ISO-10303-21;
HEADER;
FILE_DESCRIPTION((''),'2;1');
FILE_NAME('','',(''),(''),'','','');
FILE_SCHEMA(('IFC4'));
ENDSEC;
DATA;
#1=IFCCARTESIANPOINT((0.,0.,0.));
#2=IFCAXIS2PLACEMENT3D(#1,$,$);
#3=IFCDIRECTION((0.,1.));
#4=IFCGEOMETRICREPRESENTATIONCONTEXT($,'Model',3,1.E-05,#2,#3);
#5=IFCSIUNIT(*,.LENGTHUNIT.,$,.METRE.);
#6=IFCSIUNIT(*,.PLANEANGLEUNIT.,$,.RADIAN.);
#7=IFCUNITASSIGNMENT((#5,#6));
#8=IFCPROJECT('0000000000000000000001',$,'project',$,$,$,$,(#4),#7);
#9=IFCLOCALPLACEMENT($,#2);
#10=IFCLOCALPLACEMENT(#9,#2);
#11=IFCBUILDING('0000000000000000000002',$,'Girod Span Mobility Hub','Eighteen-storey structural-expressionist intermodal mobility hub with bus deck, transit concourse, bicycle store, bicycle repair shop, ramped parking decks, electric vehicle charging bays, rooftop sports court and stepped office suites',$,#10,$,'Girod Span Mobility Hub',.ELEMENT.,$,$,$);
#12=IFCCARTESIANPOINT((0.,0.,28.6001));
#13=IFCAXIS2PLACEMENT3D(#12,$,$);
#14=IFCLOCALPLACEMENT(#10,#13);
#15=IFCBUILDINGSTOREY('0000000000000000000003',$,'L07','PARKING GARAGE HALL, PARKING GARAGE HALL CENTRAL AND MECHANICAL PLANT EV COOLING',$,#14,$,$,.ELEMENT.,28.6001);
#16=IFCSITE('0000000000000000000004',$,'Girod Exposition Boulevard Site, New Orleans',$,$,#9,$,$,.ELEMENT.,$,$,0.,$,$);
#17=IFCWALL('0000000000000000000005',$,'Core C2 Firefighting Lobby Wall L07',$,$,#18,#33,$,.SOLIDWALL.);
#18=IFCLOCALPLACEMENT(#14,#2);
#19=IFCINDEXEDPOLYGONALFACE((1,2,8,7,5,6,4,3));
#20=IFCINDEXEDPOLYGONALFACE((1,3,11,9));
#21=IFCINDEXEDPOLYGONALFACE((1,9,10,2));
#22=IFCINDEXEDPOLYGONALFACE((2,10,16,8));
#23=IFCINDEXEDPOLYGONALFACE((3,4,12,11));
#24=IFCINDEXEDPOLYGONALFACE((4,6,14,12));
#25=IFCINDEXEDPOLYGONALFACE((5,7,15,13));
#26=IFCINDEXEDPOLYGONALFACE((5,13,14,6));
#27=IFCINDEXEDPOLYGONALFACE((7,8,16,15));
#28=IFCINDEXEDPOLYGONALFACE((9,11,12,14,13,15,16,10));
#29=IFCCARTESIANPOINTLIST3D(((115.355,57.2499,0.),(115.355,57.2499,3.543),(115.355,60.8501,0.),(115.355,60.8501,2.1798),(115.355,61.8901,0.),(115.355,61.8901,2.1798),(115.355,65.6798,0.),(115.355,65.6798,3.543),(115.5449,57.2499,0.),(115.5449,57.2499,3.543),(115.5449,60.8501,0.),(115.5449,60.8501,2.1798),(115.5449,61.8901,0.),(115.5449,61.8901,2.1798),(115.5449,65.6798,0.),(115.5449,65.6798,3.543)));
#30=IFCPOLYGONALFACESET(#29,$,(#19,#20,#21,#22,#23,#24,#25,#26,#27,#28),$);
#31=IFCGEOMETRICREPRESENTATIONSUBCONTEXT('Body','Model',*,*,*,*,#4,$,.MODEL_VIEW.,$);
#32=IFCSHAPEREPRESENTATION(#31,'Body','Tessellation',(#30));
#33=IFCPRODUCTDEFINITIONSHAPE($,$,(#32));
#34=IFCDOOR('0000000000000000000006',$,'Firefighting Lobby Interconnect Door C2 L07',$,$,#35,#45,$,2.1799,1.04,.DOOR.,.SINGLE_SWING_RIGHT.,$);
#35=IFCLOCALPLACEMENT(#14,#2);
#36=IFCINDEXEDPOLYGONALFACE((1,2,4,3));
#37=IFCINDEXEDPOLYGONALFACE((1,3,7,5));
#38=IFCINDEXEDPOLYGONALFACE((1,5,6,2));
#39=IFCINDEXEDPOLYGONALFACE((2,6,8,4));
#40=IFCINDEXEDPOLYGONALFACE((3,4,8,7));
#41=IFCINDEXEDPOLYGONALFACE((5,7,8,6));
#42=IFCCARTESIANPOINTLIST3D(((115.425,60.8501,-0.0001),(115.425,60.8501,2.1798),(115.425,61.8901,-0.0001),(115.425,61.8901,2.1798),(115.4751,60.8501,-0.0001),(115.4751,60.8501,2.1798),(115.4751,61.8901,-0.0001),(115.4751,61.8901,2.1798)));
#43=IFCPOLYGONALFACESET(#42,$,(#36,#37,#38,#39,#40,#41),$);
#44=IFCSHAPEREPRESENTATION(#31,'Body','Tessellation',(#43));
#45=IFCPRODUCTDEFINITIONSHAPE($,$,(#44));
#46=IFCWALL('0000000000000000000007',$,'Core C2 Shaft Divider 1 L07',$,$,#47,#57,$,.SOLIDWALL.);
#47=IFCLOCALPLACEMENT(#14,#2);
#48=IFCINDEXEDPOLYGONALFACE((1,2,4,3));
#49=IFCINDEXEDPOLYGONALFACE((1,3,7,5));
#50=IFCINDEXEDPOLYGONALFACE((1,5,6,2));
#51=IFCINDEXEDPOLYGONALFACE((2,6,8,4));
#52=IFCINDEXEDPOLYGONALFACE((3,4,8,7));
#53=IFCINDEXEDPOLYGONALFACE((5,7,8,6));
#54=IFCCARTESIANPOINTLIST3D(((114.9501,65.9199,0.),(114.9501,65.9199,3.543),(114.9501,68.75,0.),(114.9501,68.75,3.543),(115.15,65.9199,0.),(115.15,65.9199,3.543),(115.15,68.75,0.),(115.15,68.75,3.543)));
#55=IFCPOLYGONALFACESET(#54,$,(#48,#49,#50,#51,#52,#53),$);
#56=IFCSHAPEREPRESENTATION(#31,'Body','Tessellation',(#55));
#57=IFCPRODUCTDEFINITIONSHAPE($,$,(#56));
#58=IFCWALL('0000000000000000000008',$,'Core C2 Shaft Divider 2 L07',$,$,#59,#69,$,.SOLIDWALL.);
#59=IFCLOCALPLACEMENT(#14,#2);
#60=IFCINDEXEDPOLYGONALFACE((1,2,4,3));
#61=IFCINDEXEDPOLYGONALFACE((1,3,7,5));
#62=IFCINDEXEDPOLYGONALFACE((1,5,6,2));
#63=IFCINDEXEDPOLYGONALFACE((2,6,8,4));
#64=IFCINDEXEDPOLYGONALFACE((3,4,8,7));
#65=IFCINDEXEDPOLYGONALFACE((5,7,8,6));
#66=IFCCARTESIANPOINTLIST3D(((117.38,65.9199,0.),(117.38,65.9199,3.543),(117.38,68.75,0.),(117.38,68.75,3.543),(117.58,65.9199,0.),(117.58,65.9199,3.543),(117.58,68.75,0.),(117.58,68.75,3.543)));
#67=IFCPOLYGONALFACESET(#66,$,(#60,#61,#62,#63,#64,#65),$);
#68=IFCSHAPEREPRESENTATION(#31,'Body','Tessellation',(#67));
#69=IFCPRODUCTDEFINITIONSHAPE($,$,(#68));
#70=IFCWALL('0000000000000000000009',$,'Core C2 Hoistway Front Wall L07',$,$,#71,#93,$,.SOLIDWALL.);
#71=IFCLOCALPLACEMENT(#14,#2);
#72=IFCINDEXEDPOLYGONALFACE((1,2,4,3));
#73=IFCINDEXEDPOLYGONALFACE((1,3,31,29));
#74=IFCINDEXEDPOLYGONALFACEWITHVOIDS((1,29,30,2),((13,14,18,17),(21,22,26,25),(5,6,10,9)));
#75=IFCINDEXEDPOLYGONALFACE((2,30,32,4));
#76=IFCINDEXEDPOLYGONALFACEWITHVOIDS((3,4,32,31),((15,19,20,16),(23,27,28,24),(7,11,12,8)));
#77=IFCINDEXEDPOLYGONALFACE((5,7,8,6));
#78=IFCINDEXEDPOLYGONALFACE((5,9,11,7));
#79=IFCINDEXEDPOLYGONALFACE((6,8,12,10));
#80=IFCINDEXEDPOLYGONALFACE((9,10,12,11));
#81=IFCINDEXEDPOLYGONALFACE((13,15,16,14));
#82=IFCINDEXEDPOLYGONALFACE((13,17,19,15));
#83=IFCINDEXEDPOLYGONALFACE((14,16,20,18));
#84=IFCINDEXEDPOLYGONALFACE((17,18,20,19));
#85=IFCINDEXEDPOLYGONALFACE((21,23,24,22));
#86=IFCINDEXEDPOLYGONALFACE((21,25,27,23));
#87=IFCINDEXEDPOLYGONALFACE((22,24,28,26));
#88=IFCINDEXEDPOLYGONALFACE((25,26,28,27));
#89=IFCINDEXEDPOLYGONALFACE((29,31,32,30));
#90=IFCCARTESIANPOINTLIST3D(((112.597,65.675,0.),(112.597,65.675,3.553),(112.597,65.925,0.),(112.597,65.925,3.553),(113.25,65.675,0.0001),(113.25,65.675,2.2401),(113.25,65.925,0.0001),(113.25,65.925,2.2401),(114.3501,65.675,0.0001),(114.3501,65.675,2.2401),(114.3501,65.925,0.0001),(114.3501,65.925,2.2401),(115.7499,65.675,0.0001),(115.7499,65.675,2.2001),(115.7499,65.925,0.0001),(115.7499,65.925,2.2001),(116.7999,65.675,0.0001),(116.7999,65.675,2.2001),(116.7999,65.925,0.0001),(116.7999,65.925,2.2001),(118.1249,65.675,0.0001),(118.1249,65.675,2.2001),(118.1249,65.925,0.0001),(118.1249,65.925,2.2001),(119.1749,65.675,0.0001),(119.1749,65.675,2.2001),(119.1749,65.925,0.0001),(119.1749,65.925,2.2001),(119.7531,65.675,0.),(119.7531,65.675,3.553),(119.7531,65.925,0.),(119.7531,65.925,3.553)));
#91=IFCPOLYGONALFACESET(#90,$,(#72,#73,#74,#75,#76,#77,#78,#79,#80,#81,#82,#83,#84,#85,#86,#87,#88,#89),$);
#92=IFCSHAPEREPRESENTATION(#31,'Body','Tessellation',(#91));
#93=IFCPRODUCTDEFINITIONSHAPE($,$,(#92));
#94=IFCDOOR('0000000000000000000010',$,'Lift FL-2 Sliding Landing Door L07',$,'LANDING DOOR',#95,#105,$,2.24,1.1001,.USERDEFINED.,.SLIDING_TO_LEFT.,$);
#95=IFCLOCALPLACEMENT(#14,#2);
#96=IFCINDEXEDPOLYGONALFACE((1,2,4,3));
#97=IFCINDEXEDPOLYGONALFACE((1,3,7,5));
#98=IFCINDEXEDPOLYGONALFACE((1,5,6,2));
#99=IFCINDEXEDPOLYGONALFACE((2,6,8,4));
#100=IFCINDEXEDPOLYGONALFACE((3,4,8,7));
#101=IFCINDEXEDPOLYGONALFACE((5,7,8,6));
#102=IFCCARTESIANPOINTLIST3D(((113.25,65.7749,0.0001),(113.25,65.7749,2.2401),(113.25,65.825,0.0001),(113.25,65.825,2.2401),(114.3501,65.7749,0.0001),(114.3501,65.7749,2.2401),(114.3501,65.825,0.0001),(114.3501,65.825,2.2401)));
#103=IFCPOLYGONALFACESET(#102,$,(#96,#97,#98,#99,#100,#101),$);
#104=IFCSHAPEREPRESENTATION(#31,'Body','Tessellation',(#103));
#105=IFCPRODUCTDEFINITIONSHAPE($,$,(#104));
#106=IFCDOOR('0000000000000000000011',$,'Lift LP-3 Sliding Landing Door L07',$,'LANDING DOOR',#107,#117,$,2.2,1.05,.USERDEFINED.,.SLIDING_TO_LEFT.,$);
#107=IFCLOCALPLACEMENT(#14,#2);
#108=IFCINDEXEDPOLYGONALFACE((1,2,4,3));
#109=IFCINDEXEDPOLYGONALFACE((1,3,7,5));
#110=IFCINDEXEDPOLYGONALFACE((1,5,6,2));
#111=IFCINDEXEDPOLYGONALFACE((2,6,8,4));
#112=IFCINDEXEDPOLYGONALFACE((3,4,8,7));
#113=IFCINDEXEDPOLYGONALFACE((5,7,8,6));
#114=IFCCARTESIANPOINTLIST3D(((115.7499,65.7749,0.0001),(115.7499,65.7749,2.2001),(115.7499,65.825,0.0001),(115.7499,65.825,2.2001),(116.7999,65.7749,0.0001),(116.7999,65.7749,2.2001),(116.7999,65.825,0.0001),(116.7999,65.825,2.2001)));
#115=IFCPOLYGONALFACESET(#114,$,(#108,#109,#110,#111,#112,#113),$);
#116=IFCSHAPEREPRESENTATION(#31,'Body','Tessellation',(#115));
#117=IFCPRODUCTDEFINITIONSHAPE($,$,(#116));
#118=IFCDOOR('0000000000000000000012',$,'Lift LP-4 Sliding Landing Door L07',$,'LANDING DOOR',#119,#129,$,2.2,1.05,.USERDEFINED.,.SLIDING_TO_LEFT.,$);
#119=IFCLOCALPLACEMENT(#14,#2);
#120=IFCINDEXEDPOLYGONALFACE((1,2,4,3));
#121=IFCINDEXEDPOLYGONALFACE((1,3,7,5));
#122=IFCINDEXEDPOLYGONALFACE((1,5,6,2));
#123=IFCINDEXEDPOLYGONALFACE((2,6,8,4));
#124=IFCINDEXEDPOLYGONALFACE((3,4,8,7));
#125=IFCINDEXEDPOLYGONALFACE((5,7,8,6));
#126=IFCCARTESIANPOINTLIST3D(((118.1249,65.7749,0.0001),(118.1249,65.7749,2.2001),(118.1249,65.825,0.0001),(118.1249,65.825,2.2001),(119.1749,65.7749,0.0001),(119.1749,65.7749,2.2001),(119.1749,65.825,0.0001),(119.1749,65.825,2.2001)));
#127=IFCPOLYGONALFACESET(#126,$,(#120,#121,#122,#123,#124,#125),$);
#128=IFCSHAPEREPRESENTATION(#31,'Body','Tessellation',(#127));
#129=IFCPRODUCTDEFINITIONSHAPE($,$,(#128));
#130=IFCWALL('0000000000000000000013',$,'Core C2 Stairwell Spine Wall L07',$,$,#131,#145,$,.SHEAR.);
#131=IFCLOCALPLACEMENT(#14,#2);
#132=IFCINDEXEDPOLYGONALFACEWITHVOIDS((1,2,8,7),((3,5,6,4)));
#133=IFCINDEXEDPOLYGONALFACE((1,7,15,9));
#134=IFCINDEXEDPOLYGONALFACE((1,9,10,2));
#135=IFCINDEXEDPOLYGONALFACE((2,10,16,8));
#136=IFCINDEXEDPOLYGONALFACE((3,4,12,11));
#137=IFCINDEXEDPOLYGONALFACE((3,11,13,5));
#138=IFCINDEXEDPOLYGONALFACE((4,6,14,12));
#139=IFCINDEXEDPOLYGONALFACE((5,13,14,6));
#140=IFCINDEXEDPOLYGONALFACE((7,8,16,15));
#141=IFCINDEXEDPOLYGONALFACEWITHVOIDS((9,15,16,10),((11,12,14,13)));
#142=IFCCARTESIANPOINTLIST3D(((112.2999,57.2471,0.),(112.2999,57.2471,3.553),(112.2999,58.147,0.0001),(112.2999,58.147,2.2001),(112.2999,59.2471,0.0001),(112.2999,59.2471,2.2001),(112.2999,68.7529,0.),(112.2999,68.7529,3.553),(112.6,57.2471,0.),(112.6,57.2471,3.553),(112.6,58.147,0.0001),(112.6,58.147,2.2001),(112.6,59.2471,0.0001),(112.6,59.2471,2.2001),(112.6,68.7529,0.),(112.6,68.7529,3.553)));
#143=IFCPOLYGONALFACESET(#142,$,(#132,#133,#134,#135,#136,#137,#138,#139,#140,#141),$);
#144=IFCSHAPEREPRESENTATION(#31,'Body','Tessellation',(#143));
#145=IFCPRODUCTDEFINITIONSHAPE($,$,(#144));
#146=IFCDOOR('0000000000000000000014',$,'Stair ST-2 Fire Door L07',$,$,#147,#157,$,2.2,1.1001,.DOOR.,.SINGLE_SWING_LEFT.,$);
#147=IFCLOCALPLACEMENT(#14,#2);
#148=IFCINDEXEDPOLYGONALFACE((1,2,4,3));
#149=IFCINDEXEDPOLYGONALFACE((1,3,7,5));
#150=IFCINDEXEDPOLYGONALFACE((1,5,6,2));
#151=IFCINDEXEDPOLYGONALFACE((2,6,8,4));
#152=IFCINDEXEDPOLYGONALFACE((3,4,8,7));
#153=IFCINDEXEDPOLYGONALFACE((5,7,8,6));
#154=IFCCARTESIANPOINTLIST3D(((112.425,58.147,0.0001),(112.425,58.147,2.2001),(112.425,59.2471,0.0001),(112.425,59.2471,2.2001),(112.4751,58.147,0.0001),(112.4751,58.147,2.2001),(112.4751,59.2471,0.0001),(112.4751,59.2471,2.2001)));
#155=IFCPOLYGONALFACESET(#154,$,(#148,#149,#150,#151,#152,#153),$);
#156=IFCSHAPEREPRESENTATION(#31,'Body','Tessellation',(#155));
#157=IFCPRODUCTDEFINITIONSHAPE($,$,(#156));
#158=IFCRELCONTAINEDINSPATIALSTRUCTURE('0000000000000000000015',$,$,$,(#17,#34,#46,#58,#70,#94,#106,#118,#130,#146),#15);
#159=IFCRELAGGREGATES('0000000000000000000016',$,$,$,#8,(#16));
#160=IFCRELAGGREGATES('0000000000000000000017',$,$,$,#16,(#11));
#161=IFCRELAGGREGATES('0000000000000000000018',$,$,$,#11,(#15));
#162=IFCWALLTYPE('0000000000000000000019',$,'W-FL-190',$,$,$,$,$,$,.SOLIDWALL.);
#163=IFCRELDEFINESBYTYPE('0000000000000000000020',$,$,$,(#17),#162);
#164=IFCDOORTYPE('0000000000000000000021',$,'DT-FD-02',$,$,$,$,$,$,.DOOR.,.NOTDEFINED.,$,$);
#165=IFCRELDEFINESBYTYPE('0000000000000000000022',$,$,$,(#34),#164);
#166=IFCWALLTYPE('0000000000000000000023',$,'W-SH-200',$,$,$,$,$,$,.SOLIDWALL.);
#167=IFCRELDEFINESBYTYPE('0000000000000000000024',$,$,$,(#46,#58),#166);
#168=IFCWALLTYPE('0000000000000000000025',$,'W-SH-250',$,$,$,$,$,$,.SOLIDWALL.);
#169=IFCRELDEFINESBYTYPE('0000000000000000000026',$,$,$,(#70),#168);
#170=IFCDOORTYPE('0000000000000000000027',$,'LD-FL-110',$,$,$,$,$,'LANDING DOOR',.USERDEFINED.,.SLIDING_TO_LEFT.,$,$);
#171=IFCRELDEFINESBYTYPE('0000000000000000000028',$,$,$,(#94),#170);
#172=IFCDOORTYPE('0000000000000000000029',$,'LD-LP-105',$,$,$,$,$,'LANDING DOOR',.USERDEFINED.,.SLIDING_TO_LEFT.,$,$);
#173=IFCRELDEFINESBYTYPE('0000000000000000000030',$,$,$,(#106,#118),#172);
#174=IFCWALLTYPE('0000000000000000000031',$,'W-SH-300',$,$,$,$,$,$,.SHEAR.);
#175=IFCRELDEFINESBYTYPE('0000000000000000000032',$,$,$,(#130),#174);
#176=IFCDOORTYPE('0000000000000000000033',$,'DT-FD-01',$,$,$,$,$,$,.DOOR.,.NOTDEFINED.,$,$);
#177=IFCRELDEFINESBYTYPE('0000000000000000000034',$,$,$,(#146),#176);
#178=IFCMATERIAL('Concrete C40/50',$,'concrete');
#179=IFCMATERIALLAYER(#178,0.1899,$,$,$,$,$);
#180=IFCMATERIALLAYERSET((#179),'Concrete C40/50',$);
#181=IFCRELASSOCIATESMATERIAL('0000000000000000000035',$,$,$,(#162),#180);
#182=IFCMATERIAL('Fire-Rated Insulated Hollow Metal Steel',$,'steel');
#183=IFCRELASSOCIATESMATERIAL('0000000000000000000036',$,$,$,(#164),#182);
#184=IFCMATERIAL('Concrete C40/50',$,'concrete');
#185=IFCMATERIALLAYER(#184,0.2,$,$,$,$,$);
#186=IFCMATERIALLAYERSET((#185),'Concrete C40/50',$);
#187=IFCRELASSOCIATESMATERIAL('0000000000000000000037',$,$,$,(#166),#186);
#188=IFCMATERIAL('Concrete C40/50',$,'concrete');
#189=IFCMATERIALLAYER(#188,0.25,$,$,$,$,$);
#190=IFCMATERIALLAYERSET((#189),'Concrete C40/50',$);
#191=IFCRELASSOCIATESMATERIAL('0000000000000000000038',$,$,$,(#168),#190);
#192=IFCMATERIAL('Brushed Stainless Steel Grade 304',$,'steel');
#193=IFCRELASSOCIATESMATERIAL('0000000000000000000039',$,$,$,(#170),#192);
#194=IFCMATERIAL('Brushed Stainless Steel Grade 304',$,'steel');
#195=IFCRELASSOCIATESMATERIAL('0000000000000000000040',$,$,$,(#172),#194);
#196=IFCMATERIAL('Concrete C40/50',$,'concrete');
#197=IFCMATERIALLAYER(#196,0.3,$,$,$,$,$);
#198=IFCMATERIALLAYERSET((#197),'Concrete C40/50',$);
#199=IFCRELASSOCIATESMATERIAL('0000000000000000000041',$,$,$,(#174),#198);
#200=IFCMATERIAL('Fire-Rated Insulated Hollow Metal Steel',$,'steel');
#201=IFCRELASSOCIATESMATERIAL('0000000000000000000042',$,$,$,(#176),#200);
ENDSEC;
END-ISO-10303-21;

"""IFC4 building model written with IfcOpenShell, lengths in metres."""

from ifc_helpers import new_model, si_unit, direction, frame, frame_2d, origin, place, context, subcontext, project, spatial, rectangle, extrude, material, layer, layer_set, type_object, element, fill, save


model = new_model("IFC4")

# Units and contexts
model_context = context("Model", 3, precision=1e-05, world=origin(), true_north=direction((0.0, 1.0)))
body_context = subcontext(model_context, "Body", "Model", "MODEL_VIEW")
ifc_project = project(units=[si_unit("LENGTHUNIT", "METRE"), si_unit("PLANEANGLEUNIT", "RADIAN")], contexts=[model_context])

# Site, building, storey
site_placement = place(None, origin())
site = spatial("IfcSite", under=ifc_project, at=site_placement, Name="Girod Exposition Boulevard Site, New Orleans", CompositionType="ELEMENT", RefElevation=0.0)
building_placement = place(site_placement, origin())
building = spatial("IfcBuilding", under=site, at=building_placement, Name="Girod Span Mobility Hub", Description="Eighteen-storey structural-expressionist intermodal mobility hub with bus deck, transit concourse, bicycle store, bicycle repair shop, ramped parking decks, electric vehicle charging bays, rooftop sports court and stepped office suites", LongName="Girod Span Mobility Hub", CompositionType="ELEMENT")
storey_placement = place(building_placement, frame((0.0, 0.0, 28.6001)))
storey = spatial("IfcBuildingStorey", under=building, at=storey_placement, Name="L07", Description="PARKING GARAGE HALL, PARKING GARAGE HALL CENTRAL AND MECHANICAL PLANT EV COOLING", CompositionType="ELEMENT", Elevation=28.6001)

# Wall, opening, door
ifc_material_1 = material(Name="Concrete C40/50", Category="concrete")
ifc_layer_1 = layer(ifc_material_1, 0.1899)
ifc_layer_set_1 = layer_set([ifc_layer_1], Name="Concrete C40/50")
wall_type_1 = type_object("IfcWallType", Name="W-FL-190", PredefinedType="SOLIDWALL", material=ifc_layer_set_1)
wall_1_placement = place(storey_placement, frame((115.45, 57.25, 0.0), z_axis=(0.0, 0.0, 1.0), x_axis=(0.0, 1.0, 0.0)))
wall_1 = element("IfcWall", 1, at=wall_1_placement, inside=storey, type_object=wall_type_1, Name="Core C2 Firefighting Lobby Wall L07", PredefinedType="SOLIDWALL", context=body_context, shape_type="SweptSolid", body=[
    extrude(rectangle(XDim=8.4299, YDim=0.1899, at=frame_2d((4.2148, 0.0))), origin(), (0.0, 0.0, 1.0), 3.543),
])
opening_1_placement = place(wall_1_placement, frame((3.6001, 0.0, 0.0)))
opening_1 = element("IfcOpeningElement", 2, at=opening_1_placement, cuts=wall_1, PredefinedType="OPENING", context=body_context, shape_type="SweptSolid", body=[
    extrude(rectangle(XDim=1.04, YDim=2.1799, at=frame_2d((0.52, 1.0898))), frame((0.0, 0.1099, 0.0), z_axis=(0.0, -1.0, 0.0), x_axis=(1.0, 0.0, 0.0)), (0.0, 0.0, 1.0), 0.22),
])
ifc_material_2 = material(Name="Fire-Rated Insulated Hollow Metal Steel", Category="steel")
door_type_1 = type_object("IfcDoorType", Name="DT-FD-02", OperationType="NOTDEFINED", PredefinedType="DOOR", material=ifc_material_2)
door_1_placement = place(opening_1_placement, origin())
door_1 = element("IfcDoor", 3, at=door_1_placement, inside=storey, type_object=door_type_1, Name="Firefighting Lobby Interconnect Door C2 L07", OperationType="SINGLE_SWING_RIGHT", OverallHeight=2.1799, OverallWidth=1.04, PredefinedType="DOOR", context=body_context, shape_type="SweptSolid", body=[
    extrude(rectangle(XDim=1.04, YDim=2.1799, at=frame_2d((0.52, 1.0898))), frame((0.0, 0.0249, 0.0), z_axis=(0.0, -1.0, 0.0), x_axis=(1.0, 0.0, 0.0)), (0.0, 0.0, 1.0), 0.05),
])
fill(opening_1, door_1)

# Walls
ifc_material_3 = material(Name="Concrete C40/50", Category="concrete")
ifc_layer_2 = layer(ifc_material_3, 0.2)
ifc_layer_set_2 = layer_set([ifc_layer_2], Name="Concrete C40/50")
wall_type_2 = type_object("IfcWallType", Name="W-SH-200", PredefinedType="SOLIDWALL", material=ifc_layer_set_2)
for number, where, z_axis, x_axis, name in (
    (4, (115.05, 65.9199, 0.0), (0.0, 0.0, 1.0), (0.0, 1.0, 0.0), "Core C2 Shaft Divider 1 L07"),
    (5, (117.48, 65.9199, 0.0), (0.0, 0.0, 1.0), (0.0, 1.0, 0.0), "Core C2 Shaft Divider 2 L07"),
):
    element("IfcWall", number, at=place(storey_placement, frame(where, z_axis=z_axis, x_axis=x_axis)), inside=storey, type_object=wall_type_2, Name=name, PredefinedType="SOLIDWALL", context=body_context, shape_type="SweptSolid", body=[
        extrude(rectangle(XDim=2.8301, YDim=0.2, at=frame_2d((1.415, 0.0))), origin(), (0.0, 0.0, 1.0), 3.543),
    ])

# Wall, openings, doors
ifc_material_4 = material(Name="Concrete C40/50", Category="concrete")
ifc_layer_3 = layer(ifc_material_4, 0.25)
ifc_layer_set_3 = layer_set([ifc_layer_3], Name="Concrete C40/50")
wall_type_3 = type_object("IfcWallType", Name="W-SH-250", PredefinedType="SOLIDWALL", material=ifc_layer_set_3)
wall_2_placement = place(storey_placement, frame((112.5969, 65.8, 0.0), z_axis=(0.0, 0.0, 1.0), x_axis=(1.0, 0.0, 0.0)))
wall_2 = element("IfcWall", 6, at=wall_2_placement, inside=storey, type_object=wall_type_3, Name="Core C2 Hoistway Front Wall L07", PredefinedType="SOLIDWALL", context=body_context, shape_type="SweptSolid", body=[
    extrude(rectangle(XDim=7.156, YDim=0.25, at=frame_2d((3.5781, 0.0))), origin(), (0.0, 0.0, 1.0), 3.553),
])
opening_2_placement = place(wall_2_placement, frame((0.6531, 0.0, 0.0)))
opening_2 = element("IfcOpeningElement", 7, at=opening_2_placement, cuts=wall_2, PredefinedType="OPENING", context=body_context, shape_type="SweptSolid", body=[
    extrude(rectangle(XDim=1.1001, YDim=2.24, at=frame_2d((0.55, 1.1201))), frame((0.0, 0.1399, 0.0), z_axis=(0.0, -1.0, 0.0), x_axis=(1.0, 0.0, 0.0)), (0.0, 0.0, 1.0), 0.28),
])
opening_3_placement = place(wall_2_placement, frame((3.1531, 0.0, 0.0)))
opening_3 = element("IfcOpeningElement", 8, at=opening_3_placement, cuts=wall_2, PredefinedType="OPENING", context=body_context, shape_type="SweptSolid", body=[
    extrude(rectangle(XDim=1.05, YDim=2.2, at=frame_2d((0.5249, 1.1001))), frame((0.0, 0.1399, 0.0), z_axis=(0.0, -1.0, 0.0), x_axis=(1.0, 0.0, 0.0)), (0.0, 0.0, 1.0), 0.28),
])
opening_4_placement = place(wall_2_placement, frame((5.5281, 0.0, 0.0)))
opening_4 = element("IfcOpeningElement", 9, at=opening_4_placement, cuts=wall_2, PredefinedType="OPENING", context=body_context, shape_type="SweptSolid", body=[
    extrude(rectangle(XDim=1.05, YDim=2.2, at=frame_2d((0.5249, 1.1001))), frame((0.0, 0.1399, 0.0), z_axis=(0.0, -1.0, 0.0), x_axis=(1.0, 0.0, 0.0)), (0.0, 0.0, 1.0), 0.28),
])
ifc_material_5 = material(Name="Brushed Stainless Steel Grade 304", Category="steel")
door_type_2 = type_object("IfcDoorType", Name="LD-FL-110", ElementType="LANDING DOOR", OperationType="SLIDING_TO_LEFT", PredefinedType="USERDEFINED", material=ifc_material_5)
door_2_placement = place(opening_2_placement, origin())
door_2 = element("IfcDoor", 10, at=door_2_placement, inside=storey, type_object=door_type_2, Name="Lift FL-2 Sliding Landing Door L07", ObjectType="LANDING DOOR", OperationType="SLIDING_TO_LEFT", OverallHeight=2.24, OverallWidth=1.1001, PredefinedType="USERDEFINED", context=body_context, shape_type="SweptSolid", body=[
    extrude(rectangle(XDim=1.1001, YDim=2.24, at=frame_2d((0.55, 1.1201))), frame((0.0, 0.0249, 0.0), z_axis=(0.0, -1.0, 0.0), x_axis=(1.0, 0.0, 0.0)), (0.0, 0.0, 1.0), 0.05),
])
fill(opening_2, door_2)
ifc_material_6 = material(Name="Brushed Stainless Steel Grade 304", Category="steel")
door_type_3 = type_object("IfcDoorType", Name="LD-LP-105", ElementType="LANDING DOOR", OperationType="SLIDING_TO_LEFT", PredefinedType="USERDEFINED", material=ifc_material_6)
door_3_placement = place(opening_3_placement, origin())
door_3 = element("IfcDoor", 11, at=door_3_placement, inside=storey, type_object=door_type_3, Name="Lift LP-3 Sliding Landing Door L07", ObjectType="LANDING DOOR", OperationType="SLIDING_TO_LEFT", OverallHeight=2.2, OverallWidth=1.05, PredefinedType="USERDEFINED", context=body_context, shape_type="SweptSolid", body=[
    extrude(rectangle(XDim=1.05, YDim=2.2, at=frame_2d((0.5249, 1.1001))), frame((0.0, 0.0249, 0.0), z_axis=(0.0, -1.0, 0.0), x_axis=(1.0, 0.0, 0.0)), (0.0, 0.0, 1.0), 0.05),
])
fill(opening_3, door_3)
door_4_placement = place(opening_4_placement, origin())
door_4 = element("IfcDoor", 12, at=door_4_placement, inside=storey, type_object=door_type_3, Name="Lift LP-4 Sliding Landing Door L07", ObjectType="LANDING DOOR", OperationType="SLIDING_TO_LEFT", OverallHeight=2.2, OverallWidth=1.05, PredefinedType="USERDEFINED", context=body_context, shape_type="SweptSolid", body=[
    extrude(rectangle(XDim=1.05, YDim=2.2, at=frame_2d((0.5249, 1.1001))), frame((0.0, 0.0249, 0.0), z_axis=(0.0, -1.0, 0.0), x_axis=(1.0, 0.0, 0.0)), (0.0, 0.0, 1.0), 0.05),
])
fill(opening_4, door_4)

# Wall, opening, door
ifc_material_7 = material(Name="Concrete C40/50", Category="concrete")
ifc_layer_4 = layer(ifc_material_7, 0.3)
ifc_layer_set_4 = layer_set([ifc_layer_4], Name="Concrete C40/50")
wall_type_4 = type_object("IfcWallType", Name="W-SH-300", PredefinedType="SHEAR", material=ifc_layer_set_4)
wall_3_placement = place(storey_placement, frame((112.45, 57.2471, 0.0), z_axis=(0.0, 0.0, 1.0), x_axis=(0.0, 1.0, 0.0)))
wall_3 = element("IfcWall", 13, at=wall_3_placement, inside=storey, type_object=wall_type_4, Name="Core C2 Stairwell Spine Wall L07", PredefinedType="SHEAR", context=body_context, shape_type="SweptSolid", body=[
    extrude(rectangle(XDim=11.5059, YDim=0.3, at=frame_2d((5.7529, 0.0))), origin(), (0.0, 0.0, 1.0), 3.553),
])
opening_5_placement = place(wall_3_placement, frame((0.8999, 0.0, 0.0)))
opening_5 = element("IfcOpeningElement", 14, at=opening_5_placement, cuts=wall_3, PredefinedType="OPENING", context=body_context, shape_type="SweptSolid", body=[
    extrude(rectangle(XDim=1.1001, YDim=2.2, at=frame_2d((0.55, 1.1001))), frame((0.0, 0.165, 0.0), z_axis=(0.0, -1.0, 0.0), x_axis=(1.0, 0.0, 0.0)), (0.0, 0.0, 1.0), 0.3301),
])
ifc_material_8 = material(Name="Fire-Rated Insulated Hollow Metal Steel", Category="steel")
door_type_4 = type_object("IfcDoorType", Name="DT-FD-01", OperationType="NOTDEFINED", PredefinedType="DOOR", material=ifc_material_8)
door_5_placement = place(opening_5_placement, origin())
door_5 = element("IfcDoor", 15, at=door_5_placement, inside=storey, type_object=door_type_4, Name="Stair ST-2 Fire Door L07", OperationType="SINGLE_SWING_LEFT", OverallHeight=2.2, OverallWidth=1.1001, PredefinedType="DOOR", context=body_context, shape_type="SweptSolid", body=[
    extrude(rectangle(XDim=1.1001, YDim=2.2, at=frame_2d((0.55, 1.1001))), frame((0.0, 0.0249, 0.0), z_axis=(0.0, -1.0, 0.0), x_axis=(1.0, 0.0, 0.0)), (0.0, 0.0, 1.0), 0.05),
])
fill(opening_5, door_5)

save(model, "model.ifc")
